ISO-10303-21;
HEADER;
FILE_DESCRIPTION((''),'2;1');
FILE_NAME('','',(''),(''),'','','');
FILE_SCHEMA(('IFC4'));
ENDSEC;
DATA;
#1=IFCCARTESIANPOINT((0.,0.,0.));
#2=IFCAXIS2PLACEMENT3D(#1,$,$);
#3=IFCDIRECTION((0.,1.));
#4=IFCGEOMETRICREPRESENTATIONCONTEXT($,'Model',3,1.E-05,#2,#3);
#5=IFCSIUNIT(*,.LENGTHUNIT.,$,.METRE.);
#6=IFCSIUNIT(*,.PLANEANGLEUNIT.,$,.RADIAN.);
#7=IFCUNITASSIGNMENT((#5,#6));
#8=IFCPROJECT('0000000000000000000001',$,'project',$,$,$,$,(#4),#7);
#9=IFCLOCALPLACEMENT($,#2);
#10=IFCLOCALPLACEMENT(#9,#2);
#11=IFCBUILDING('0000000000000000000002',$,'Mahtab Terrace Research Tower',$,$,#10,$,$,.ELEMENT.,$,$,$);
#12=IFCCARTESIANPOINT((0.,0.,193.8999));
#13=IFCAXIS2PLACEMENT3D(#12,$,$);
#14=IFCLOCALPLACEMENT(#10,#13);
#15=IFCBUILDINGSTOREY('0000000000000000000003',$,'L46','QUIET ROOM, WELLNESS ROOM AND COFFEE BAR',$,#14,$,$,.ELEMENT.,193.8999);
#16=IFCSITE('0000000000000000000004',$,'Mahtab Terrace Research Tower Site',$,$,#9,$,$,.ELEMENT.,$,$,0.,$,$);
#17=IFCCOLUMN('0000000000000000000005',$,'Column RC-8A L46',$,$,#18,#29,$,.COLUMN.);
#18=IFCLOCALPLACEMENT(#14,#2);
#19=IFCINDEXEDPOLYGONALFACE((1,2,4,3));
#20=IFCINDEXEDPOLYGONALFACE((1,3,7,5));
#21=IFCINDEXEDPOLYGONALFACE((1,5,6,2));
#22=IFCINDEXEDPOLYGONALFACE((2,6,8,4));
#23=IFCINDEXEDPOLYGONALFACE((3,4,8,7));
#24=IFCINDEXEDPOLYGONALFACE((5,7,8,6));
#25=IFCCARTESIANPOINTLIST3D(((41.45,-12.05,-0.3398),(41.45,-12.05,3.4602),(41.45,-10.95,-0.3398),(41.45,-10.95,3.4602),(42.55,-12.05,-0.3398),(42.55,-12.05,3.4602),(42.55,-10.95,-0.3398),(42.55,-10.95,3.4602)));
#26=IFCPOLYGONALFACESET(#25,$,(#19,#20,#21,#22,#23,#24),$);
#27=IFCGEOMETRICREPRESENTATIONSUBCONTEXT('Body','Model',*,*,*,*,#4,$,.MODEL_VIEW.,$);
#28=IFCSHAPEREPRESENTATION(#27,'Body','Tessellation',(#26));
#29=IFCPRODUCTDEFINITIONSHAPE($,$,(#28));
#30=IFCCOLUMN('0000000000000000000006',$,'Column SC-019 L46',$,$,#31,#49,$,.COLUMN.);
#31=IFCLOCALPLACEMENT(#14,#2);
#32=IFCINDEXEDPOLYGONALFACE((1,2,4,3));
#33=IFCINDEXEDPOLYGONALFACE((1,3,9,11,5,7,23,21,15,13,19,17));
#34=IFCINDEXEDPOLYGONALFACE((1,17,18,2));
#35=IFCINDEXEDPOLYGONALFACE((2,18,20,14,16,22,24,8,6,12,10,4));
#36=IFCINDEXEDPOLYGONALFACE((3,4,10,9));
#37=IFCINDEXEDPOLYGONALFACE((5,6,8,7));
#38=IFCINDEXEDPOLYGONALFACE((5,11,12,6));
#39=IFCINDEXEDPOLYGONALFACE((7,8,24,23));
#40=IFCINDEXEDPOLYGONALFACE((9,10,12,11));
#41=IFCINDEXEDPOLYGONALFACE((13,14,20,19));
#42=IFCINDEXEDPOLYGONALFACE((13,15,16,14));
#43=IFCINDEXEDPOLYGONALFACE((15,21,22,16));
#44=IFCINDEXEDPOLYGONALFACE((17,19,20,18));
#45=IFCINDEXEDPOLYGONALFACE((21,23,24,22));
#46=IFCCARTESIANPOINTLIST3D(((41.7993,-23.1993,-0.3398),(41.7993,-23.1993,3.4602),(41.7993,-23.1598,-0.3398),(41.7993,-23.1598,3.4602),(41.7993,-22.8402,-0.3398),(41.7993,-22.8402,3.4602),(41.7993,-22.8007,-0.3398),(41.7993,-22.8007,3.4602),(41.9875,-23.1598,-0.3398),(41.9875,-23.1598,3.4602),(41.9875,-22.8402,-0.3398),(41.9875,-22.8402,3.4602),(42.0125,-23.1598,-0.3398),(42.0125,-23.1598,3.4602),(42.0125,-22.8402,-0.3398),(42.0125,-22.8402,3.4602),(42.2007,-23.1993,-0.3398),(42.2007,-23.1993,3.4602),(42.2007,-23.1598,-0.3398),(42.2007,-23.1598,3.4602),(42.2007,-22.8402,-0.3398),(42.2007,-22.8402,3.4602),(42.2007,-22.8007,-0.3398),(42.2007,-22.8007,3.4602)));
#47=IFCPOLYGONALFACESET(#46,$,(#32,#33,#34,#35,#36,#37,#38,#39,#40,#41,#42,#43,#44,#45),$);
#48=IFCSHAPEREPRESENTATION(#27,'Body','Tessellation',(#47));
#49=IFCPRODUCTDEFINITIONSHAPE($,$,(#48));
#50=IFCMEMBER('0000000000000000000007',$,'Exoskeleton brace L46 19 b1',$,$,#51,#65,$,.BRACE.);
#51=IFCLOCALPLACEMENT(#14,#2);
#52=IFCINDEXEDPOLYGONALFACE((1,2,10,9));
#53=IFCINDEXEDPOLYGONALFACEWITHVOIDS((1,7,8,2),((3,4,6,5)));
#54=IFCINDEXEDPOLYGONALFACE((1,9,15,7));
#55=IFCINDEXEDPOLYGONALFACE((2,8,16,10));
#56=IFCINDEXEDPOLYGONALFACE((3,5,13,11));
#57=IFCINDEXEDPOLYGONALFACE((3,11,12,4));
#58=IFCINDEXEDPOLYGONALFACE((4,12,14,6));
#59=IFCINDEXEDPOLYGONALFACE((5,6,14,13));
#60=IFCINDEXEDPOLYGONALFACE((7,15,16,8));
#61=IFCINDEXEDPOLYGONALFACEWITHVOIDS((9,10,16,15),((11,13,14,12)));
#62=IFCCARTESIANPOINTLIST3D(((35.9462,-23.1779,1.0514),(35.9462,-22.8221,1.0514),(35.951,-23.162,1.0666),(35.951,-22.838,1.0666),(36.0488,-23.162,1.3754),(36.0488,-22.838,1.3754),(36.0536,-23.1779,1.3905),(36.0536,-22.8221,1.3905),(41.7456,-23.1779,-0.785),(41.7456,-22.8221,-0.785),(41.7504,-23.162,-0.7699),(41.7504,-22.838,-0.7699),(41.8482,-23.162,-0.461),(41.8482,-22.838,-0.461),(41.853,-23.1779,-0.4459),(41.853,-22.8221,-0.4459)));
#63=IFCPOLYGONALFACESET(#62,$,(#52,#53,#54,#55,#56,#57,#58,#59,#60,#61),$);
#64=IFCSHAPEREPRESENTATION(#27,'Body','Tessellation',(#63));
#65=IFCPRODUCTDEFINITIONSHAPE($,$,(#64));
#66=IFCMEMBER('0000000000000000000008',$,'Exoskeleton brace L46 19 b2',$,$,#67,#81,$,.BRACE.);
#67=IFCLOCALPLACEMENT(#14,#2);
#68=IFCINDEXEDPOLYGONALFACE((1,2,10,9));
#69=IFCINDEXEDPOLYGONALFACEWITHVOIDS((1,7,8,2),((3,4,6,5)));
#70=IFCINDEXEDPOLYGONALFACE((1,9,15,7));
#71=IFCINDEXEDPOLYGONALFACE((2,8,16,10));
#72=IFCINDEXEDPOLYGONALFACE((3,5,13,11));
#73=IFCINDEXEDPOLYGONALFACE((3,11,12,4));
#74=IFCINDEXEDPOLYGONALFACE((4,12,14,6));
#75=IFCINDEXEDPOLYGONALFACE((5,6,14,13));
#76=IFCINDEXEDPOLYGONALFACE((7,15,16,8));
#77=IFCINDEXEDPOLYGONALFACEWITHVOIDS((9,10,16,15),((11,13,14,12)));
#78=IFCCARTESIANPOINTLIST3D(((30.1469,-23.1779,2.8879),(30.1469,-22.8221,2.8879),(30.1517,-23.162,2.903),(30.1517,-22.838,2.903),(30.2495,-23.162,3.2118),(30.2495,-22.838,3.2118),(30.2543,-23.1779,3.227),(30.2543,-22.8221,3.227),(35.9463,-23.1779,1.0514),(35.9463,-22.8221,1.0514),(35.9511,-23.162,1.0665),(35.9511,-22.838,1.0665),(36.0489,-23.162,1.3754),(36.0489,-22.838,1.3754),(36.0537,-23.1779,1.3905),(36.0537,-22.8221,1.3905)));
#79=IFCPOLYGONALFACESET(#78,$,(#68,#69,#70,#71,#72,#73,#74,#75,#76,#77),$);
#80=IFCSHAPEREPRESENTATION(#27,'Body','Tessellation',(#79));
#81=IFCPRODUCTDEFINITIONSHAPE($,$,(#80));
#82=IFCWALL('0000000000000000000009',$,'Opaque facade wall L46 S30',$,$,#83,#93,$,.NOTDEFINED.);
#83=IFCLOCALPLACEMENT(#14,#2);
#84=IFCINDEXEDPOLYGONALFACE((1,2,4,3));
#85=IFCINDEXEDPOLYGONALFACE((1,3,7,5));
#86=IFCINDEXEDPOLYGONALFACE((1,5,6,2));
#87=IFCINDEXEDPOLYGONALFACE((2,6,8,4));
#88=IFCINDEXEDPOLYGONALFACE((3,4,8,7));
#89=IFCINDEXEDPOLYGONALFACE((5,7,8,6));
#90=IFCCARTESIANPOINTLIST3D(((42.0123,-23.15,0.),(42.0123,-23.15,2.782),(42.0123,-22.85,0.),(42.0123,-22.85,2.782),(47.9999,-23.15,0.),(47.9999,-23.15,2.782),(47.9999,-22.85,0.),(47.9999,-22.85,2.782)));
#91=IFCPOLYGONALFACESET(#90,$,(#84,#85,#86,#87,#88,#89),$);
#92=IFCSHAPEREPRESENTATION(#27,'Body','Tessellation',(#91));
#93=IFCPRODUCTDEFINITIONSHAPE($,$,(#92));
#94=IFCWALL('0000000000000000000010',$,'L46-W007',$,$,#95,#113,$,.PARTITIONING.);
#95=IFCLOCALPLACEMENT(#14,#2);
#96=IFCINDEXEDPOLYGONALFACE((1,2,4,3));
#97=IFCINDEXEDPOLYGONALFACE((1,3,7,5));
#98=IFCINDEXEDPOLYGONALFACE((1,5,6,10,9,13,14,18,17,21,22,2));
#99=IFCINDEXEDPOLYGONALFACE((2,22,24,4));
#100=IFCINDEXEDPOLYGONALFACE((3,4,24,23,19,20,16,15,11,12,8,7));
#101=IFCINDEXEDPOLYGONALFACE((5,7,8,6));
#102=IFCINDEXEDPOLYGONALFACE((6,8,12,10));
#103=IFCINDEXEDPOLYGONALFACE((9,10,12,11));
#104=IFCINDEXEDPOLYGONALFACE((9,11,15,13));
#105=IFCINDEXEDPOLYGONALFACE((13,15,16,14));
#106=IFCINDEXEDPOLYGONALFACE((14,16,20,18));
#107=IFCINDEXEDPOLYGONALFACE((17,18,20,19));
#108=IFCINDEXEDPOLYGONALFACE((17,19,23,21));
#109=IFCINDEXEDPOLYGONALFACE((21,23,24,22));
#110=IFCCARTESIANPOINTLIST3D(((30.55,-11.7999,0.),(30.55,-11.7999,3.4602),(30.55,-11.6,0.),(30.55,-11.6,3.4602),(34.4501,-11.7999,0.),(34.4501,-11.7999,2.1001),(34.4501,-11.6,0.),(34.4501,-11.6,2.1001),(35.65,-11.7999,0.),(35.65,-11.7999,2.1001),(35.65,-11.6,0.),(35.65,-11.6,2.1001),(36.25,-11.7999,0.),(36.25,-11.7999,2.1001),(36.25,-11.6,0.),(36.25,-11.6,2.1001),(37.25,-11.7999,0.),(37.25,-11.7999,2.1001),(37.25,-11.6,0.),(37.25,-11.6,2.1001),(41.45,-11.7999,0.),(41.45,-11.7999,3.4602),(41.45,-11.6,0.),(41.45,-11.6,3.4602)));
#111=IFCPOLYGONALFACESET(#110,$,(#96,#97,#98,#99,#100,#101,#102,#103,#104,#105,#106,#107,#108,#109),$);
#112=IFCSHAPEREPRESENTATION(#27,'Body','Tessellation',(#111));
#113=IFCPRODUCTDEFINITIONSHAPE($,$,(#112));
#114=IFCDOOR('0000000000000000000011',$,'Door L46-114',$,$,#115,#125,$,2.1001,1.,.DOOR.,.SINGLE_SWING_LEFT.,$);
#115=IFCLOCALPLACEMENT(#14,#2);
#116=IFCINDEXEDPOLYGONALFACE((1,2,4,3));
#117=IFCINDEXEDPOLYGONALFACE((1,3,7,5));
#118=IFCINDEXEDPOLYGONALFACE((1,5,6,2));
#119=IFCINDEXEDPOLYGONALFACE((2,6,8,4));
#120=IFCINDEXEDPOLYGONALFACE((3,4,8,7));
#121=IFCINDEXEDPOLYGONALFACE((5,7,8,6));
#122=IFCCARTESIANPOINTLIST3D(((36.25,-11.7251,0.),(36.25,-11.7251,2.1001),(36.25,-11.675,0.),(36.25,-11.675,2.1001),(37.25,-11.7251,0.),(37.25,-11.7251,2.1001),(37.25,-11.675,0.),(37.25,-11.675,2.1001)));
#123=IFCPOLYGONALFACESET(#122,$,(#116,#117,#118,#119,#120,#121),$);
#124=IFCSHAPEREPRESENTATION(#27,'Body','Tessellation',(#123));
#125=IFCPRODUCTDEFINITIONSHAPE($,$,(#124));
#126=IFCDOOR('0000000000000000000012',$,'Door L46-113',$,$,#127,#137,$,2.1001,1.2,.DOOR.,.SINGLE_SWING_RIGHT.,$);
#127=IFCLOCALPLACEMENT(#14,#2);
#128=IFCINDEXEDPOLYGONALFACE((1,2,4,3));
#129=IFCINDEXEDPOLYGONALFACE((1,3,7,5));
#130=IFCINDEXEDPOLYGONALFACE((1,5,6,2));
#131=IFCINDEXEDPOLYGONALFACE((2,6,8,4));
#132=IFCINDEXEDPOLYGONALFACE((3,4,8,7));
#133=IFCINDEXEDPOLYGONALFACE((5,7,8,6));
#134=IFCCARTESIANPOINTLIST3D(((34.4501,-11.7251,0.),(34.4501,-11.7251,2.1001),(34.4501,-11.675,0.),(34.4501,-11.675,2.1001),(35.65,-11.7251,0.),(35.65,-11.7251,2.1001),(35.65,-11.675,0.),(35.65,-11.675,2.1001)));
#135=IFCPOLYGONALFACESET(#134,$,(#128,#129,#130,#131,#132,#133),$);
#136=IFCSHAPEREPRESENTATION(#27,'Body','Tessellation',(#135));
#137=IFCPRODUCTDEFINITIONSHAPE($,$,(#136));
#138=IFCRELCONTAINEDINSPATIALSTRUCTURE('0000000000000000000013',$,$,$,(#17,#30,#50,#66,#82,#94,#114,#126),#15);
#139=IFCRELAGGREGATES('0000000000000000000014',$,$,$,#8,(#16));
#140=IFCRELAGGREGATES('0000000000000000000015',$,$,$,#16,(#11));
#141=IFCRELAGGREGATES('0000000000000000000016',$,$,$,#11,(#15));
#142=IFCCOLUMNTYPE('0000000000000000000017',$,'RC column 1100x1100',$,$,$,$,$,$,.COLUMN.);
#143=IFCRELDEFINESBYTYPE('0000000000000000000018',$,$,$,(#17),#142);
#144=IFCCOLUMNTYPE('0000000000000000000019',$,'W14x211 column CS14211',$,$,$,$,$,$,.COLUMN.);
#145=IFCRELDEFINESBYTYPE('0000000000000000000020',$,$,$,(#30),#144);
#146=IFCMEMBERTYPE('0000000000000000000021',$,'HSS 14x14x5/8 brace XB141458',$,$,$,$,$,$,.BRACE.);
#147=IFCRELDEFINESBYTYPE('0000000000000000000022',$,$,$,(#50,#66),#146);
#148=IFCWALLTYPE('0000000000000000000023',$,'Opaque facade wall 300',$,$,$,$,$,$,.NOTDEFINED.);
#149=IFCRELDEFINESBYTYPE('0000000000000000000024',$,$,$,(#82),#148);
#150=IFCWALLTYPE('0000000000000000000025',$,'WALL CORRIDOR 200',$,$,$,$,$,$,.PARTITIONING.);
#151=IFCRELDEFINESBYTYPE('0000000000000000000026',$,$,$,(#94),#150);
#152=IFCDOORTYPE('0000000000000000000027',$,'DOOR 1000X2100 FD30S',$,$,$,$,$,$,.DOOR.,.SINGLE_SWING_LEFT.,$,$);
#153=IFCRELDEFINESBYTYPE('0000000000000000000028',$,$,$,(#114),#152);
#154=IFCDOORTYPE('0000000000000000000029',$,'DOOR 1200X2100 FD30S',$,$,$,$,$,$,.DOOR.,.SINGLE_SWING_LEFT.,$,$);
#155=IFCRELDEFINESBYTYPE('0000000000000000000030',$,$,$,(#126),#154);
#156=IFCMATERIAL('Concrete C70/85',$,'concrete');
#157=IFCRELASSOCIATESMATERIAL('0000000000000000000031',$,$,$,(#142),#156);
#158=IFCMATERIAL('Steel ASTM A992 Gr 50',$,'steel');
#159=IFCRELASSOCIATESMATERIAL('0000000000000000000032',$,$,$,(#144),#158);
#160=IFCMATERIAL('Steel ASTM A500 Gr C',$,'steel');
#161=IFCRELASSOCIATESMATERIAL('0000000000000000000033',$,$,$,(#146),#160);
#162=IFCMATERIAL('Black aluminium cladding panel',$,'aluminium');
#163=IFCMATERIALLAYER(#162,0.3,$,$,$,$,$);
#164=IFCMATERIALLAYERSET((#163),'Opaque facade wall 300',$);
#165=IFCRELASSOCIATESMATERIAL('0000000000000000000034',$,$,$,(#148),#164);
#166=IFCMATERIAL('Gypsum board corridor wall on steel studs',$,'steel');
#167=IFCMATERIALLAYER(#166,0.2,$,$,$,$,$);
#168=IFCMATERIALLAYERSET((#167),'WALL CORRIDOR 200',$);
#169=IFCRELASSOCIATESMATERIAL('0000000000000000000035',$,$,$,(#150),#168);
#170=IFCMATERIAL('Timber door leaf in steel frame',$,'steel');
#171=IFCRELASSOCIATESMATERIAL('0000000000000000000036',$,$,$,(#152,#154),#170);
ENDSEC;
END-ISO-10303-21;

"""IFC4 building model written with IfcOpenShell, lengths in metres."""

from ifc_helpers import new_model, si_unit, direction, frame, frame_2d, origin, origin_2d, place, context, subcontext, project, spatial, rectangle, hollow_rectangle, i_section, extrude, material, layer, layer_set, material_profile, profile_set, type_object, element, fill, save


model = new_model("IFC4")

# Units and contexts
model_context = context("Model", 3, precision=1e-05, world=origin(), true_north=direction((0.0, 1.0)))
body_context = subcontext(model_context, "Body", "Model", "MODEL_VIEW")
ifc_project = project(units=[si_unit("LENGTHUNIT", "METRE"), si_unit("PLANEANGLEUNIT", "RADIAN")], contexts=[model_context])

# Site, building, storey
site_placement = place(None, origin())
site = spatial("IfcSite", under=ifc_project, at=site_placement, Name="Mahtab Terrace Research Tower Site", CompositionType="ELEMENT", RefElevation=0.0)
building_placement = place(site_placement, origin())
building = spatial("IfcBuilding", under=site, at=building_placement, Name="Mahtab Terrace Research Tower", CompositionType="ELEMENT")
storey_placement = place(building_placement, frame((0.0, 0.0, 193.8999)))
storey = spatial("IfcBuildingStorey", under=building, at=storey_placement, Name="L46", Description="QUIET ROOM, WELLNESS ROOM AND COFFEE BAR", CompositionType="ELEMENT", Elevation=193.8999)

# Columns
ifc_material_1 = material(Name="Concrete C70/85", Category="concrete")
ifc_material_profile_1 = material_profile(ifc_material_1, rectangle(XDim=1.1001, YDim=1.1001, at=origin_2d()), Name="RC column 1100x1100")
ifc_profile_set_1 = profile_set([ifc_material_profile_1], Name="Concrete C70/85")
column_type_1 = type_object("IfcColumnType", Name="RC column 1100x1100", PredefinedType="COLUMN", material=ifc_profile_set_1)
column_1_placement = place(storey_placement, frame((42.0, -11.5, -0.3398), z_axis=(0.0, 0.0, 1.0), x_axis=(1.0, 0.0, 0.0)))
element("IfcColumn", 1, at=column_1_placement, inside=storey, type_object=column_type_1, Name="Column RC-8A L46", PredefinedType="COLUMN", context=body_context, shape_type="SweptSolid", body=[
    extrude(rectangle(XDim=1.1001, YDim=1.1001, at=origin_2d()), origin(), (0.0, 0.0, 1.0), 3.8),
])
ifc_material_2 = material(Name="Steel ASTM A992 Gr 50", Category="steel")
ifc_material_profile_2 = material_profile(ifc_material_2, i_section(OverallWidth=0.4014, OverallDepth=0.3987, WebThickness=0.0249, FlangeThickness=0.0396, at=origin_2d()), Name="W14X211")
ifc_profile_set_2 = profile_set([ifc_material_profile_2], Name="Steel ASTM A992 Gr 50")
column_type_2 = type_object("IfcColumnType", Name="W14x211 column CS14211", PredefinedType="COLUMN", material=ifc_profile_set_2)
column_2_placement = place(storey_placement, frame((42.0, -23.0, -0.3398), z_axis=(0.0, 0.0, 1.0), x_axis=(1.0, 0.0, 0.0)))
element("IfcColumn", 2, at=column_2_placement, inside=storey, type_object=column_type_2, Name="Column SC-019 L46", PredefinedType="COLUMN", context=body_context, shape_type="SweptSolid", body=[
    extrude(i_section(OverallWidth=0.4014, OverallDepth=0.3987, WebThickness=0.0249, FlangeThickness=0.0396, at=origin_2d()), origin(), (0.0, 0.0, 1.0), 3.8),
])

# Members
ifc_material_3 = material(Name="Steel ASTM A500 Gr C", Category="steel")
ifc_material_profile_3 = material_profile(ifc_material_3, hollow_rectangle(XDim=0.3557, YDim=0.3557, WallThickness=0.0159, at=origin_2d()), Name="HSS14X14X5/8")
ifc_profile_set_3 = profile_set([ifc_material_profile_3], Name="Steel ASTM A500 Gr C")
member_type = type_object("IfcMemberType", Name="HSS 14x14x5/8 brace XB141458", PredefinedType="BRACE", material=ifc_profile_set_3)
for number, where, z_axis, x_axis, name in (
    (3, (41.7993, -23.0, -0.6155), (-0.953343, 0.0, 0.301888), (0.0, -1.0, 0.0), "Exoskeleton brace L46 19 b1"),
    (4, (36.0, -23.0, 1.2209), (-0.953343, 0.0, 0.301888), (0.0, -1.0, 0.0), "Exoskeleton brace L46 19 b2"),
):
    element("IfcMember", number, at=place(storey_placement, frame(where, z_axis=z_axis, x_axis=x_axis)), inside=storey, type_object=member_type, Name=name, PredefinedType="BRACE", context=body_context, shape_type="SweptSolid", body=[
        extrude(hollow_rectangle(XDim=0.3557, YDim=0.3557, WallThickness=0.0159, at=origin_2d()), origin(), (0.0, 0.0, 1.0), 6.0833),
    ])

# Wall
ifc_material_4 = material(Name="Black aluminium cladding panel", Category="aluminium")
ifc_layer_1 = layer(ifc_material_4, 0.3)
ifc_layer_set_1 = layer_set([ifc_layer_1], Name="Opaque facade wall 300")
wall_type_1 = type_object("IfcWallType", Name="Opaque facade wall 300", PredefinedType="NOTDEFINED", material=ifc_layer_set_1)
wall_1_placement = place(storey_placement, frame((42.0125, -23.0, 0.0), z_axis=(0.0, 0.0, 1.0), x_axis=(1.0, 0.0, 0.0)))
element("IfcWall", 5, at=wall_1_placement, inside=storey, type_object=wall_type_1, Name="Opaque facade wall L46 S30", PredefinedType="NOTDEFINED", context=body_context, shape_type="SweptSolid", body=[
    extrude(rectangle(XDim=5.9875, YDim=0.3, at=frame_2d((2.9937, 0.0))), origin(), (0.0, 0.0, 1.0), 2.782),
])

# Wall, openings, doors
ifc_material_5 = material(Name="Gypsum board corridor wall on steel studs", Category="steel")
ifc_layer_2 = layer(ifc_material_5, 0.2)
ifc_layer_set_2 = layer_set([ifc_layer_2], Name="WALL CORRIDOR 200")
wall_type_2 = type_object("IfcWallType", Name="WALL CORRIDOR 200", PredefinedType="PARTITIONING", material=ifc_layer_set_2)
wall_2_placement = place(storey_placement, frame((30.55, -11.7, 0.0), z_axis=(0.0, 0.0, 1.0), x_axis=(1.0, 0.0, 0.0)))
wall_2 = element("IfcWall", 6, at=wall_2_placement, inside=storey, type_object=wall_type_2, Name="L46-W007", PredefinedType="PARTITIONING", context=body_context, shape_type="SweptSolid", body=[
    extrude(rectangle(XDim=10.8999, YDim=0.2, at=frame_2d((5.45, 0.0))), origin(), (0.0, 0.0, 1.0), 3.4602),
])
opening_1_placement = place(wall_2_placement, frame((3.8999, 0.0, 0.0)))
opening_1 = element("IfcOpeningElement", 7, at=opening_1_placement, cuts=wall_2, PredefinedType="OPENING", context=body_context, shape_type="SweptSolid", body=[
    extrude(rectangle(XDim=1.2, YDim=2.1001, at=frame_2d((0.6001, 1.05))), frame((0.0, 0.1099, 0.0), z_axis=(0.0, -1.0, 0.0), x_axis=(1.0, 0.0, 0.0)), (0.0, 0.0, 1.0), 0.22),
])
opening_2_placement = place(wall_2_placement, frame((5.7, 0.0, 0.0)))
opening_2 = element("IfcOpeningElement", 8, at=opening_2_placement, cuts=wall_2, PredefinedType="OPENING", context=body_context, shape_type="SweptSolid", body=[
    extrude(rectangle(XDim=1.0, YDim=2.1001, at=frame_2d((0.5, 1.05))), frame((0.0, 0.1099, 0.0), z_axis=(0.0, -1.0, 0.0), x_axis=(1.0, 0.0, 0.0)), (0.0, 0.0, 1.0), 0.22),
])
ifc_material_6 = material(Name="Timber door leaf in steel frame", Category="steel")
door_type_1 = type_object("IfcDoorType", Name="DOOR 1000X2100 FD30S", OperationType="SINGLE_SWING_LEFT", PredefinedType="DOOR", material=ifc_material_6)
door_1_placement = place(opening_2_placement, origin())
door_1 = element("IfcDoor", 9, at=door_1_placement, inside=storey, type_object=door_type_1, Name="Door L46-114", OperationType="SINGLE_SWING_LEFT", OverallHeight=2.1001, OverallWidth=1.0, PredefinedType="DOOR", context=body_context, shape_type="SweptSolid", body=[
    extrude(rectangle(XDim=1.0, YDim=2.1001, at=frame_2d((0.5, 1.05))), frame((0.0, 0.0249, 0.0), z_axis=(0.0, -1.0, 0.0), x_axis=(1.0, 0.0, 0.0)), (0.0, 0.0, 1.0), 0.05),
])
fill(opening_2, door_1)
door_type_2 = type_object("IfcDoorType", Name="DOOR 1200X2100 FD30S", OperationType="SINGLE_SWING_LEFT", PredefinedType="DOOR", material=ifc_material_6)
door_2_placement = place(opening_1_placement, origin())
door_2 = element("IfcDoor", 10, at=door_2_placement, inside=storey, type_object=door_type_2, Name="Door L46-113", OperationType="SINGLE_SWING_RIGHT", OverallHeight=2.1001, OverallWidth=1.2, PredefinedType="DOOR", context=body_context, shape_type="SweptSolid", body=[
    extrude(rectangle(XDim=1.2, YDim=2.1001, at=frame_2d((0.6001, 1.05))), frame((0.0, 0.0249, 0.0), z_axis=(0.0, -1.0, 0.0), x_axis=(1.0, 0.0, 0.0)), (0.0, 0.0, 1.0), 0.05),
])
fill(opening_1, door_2)

save(model, "model.ifc")
